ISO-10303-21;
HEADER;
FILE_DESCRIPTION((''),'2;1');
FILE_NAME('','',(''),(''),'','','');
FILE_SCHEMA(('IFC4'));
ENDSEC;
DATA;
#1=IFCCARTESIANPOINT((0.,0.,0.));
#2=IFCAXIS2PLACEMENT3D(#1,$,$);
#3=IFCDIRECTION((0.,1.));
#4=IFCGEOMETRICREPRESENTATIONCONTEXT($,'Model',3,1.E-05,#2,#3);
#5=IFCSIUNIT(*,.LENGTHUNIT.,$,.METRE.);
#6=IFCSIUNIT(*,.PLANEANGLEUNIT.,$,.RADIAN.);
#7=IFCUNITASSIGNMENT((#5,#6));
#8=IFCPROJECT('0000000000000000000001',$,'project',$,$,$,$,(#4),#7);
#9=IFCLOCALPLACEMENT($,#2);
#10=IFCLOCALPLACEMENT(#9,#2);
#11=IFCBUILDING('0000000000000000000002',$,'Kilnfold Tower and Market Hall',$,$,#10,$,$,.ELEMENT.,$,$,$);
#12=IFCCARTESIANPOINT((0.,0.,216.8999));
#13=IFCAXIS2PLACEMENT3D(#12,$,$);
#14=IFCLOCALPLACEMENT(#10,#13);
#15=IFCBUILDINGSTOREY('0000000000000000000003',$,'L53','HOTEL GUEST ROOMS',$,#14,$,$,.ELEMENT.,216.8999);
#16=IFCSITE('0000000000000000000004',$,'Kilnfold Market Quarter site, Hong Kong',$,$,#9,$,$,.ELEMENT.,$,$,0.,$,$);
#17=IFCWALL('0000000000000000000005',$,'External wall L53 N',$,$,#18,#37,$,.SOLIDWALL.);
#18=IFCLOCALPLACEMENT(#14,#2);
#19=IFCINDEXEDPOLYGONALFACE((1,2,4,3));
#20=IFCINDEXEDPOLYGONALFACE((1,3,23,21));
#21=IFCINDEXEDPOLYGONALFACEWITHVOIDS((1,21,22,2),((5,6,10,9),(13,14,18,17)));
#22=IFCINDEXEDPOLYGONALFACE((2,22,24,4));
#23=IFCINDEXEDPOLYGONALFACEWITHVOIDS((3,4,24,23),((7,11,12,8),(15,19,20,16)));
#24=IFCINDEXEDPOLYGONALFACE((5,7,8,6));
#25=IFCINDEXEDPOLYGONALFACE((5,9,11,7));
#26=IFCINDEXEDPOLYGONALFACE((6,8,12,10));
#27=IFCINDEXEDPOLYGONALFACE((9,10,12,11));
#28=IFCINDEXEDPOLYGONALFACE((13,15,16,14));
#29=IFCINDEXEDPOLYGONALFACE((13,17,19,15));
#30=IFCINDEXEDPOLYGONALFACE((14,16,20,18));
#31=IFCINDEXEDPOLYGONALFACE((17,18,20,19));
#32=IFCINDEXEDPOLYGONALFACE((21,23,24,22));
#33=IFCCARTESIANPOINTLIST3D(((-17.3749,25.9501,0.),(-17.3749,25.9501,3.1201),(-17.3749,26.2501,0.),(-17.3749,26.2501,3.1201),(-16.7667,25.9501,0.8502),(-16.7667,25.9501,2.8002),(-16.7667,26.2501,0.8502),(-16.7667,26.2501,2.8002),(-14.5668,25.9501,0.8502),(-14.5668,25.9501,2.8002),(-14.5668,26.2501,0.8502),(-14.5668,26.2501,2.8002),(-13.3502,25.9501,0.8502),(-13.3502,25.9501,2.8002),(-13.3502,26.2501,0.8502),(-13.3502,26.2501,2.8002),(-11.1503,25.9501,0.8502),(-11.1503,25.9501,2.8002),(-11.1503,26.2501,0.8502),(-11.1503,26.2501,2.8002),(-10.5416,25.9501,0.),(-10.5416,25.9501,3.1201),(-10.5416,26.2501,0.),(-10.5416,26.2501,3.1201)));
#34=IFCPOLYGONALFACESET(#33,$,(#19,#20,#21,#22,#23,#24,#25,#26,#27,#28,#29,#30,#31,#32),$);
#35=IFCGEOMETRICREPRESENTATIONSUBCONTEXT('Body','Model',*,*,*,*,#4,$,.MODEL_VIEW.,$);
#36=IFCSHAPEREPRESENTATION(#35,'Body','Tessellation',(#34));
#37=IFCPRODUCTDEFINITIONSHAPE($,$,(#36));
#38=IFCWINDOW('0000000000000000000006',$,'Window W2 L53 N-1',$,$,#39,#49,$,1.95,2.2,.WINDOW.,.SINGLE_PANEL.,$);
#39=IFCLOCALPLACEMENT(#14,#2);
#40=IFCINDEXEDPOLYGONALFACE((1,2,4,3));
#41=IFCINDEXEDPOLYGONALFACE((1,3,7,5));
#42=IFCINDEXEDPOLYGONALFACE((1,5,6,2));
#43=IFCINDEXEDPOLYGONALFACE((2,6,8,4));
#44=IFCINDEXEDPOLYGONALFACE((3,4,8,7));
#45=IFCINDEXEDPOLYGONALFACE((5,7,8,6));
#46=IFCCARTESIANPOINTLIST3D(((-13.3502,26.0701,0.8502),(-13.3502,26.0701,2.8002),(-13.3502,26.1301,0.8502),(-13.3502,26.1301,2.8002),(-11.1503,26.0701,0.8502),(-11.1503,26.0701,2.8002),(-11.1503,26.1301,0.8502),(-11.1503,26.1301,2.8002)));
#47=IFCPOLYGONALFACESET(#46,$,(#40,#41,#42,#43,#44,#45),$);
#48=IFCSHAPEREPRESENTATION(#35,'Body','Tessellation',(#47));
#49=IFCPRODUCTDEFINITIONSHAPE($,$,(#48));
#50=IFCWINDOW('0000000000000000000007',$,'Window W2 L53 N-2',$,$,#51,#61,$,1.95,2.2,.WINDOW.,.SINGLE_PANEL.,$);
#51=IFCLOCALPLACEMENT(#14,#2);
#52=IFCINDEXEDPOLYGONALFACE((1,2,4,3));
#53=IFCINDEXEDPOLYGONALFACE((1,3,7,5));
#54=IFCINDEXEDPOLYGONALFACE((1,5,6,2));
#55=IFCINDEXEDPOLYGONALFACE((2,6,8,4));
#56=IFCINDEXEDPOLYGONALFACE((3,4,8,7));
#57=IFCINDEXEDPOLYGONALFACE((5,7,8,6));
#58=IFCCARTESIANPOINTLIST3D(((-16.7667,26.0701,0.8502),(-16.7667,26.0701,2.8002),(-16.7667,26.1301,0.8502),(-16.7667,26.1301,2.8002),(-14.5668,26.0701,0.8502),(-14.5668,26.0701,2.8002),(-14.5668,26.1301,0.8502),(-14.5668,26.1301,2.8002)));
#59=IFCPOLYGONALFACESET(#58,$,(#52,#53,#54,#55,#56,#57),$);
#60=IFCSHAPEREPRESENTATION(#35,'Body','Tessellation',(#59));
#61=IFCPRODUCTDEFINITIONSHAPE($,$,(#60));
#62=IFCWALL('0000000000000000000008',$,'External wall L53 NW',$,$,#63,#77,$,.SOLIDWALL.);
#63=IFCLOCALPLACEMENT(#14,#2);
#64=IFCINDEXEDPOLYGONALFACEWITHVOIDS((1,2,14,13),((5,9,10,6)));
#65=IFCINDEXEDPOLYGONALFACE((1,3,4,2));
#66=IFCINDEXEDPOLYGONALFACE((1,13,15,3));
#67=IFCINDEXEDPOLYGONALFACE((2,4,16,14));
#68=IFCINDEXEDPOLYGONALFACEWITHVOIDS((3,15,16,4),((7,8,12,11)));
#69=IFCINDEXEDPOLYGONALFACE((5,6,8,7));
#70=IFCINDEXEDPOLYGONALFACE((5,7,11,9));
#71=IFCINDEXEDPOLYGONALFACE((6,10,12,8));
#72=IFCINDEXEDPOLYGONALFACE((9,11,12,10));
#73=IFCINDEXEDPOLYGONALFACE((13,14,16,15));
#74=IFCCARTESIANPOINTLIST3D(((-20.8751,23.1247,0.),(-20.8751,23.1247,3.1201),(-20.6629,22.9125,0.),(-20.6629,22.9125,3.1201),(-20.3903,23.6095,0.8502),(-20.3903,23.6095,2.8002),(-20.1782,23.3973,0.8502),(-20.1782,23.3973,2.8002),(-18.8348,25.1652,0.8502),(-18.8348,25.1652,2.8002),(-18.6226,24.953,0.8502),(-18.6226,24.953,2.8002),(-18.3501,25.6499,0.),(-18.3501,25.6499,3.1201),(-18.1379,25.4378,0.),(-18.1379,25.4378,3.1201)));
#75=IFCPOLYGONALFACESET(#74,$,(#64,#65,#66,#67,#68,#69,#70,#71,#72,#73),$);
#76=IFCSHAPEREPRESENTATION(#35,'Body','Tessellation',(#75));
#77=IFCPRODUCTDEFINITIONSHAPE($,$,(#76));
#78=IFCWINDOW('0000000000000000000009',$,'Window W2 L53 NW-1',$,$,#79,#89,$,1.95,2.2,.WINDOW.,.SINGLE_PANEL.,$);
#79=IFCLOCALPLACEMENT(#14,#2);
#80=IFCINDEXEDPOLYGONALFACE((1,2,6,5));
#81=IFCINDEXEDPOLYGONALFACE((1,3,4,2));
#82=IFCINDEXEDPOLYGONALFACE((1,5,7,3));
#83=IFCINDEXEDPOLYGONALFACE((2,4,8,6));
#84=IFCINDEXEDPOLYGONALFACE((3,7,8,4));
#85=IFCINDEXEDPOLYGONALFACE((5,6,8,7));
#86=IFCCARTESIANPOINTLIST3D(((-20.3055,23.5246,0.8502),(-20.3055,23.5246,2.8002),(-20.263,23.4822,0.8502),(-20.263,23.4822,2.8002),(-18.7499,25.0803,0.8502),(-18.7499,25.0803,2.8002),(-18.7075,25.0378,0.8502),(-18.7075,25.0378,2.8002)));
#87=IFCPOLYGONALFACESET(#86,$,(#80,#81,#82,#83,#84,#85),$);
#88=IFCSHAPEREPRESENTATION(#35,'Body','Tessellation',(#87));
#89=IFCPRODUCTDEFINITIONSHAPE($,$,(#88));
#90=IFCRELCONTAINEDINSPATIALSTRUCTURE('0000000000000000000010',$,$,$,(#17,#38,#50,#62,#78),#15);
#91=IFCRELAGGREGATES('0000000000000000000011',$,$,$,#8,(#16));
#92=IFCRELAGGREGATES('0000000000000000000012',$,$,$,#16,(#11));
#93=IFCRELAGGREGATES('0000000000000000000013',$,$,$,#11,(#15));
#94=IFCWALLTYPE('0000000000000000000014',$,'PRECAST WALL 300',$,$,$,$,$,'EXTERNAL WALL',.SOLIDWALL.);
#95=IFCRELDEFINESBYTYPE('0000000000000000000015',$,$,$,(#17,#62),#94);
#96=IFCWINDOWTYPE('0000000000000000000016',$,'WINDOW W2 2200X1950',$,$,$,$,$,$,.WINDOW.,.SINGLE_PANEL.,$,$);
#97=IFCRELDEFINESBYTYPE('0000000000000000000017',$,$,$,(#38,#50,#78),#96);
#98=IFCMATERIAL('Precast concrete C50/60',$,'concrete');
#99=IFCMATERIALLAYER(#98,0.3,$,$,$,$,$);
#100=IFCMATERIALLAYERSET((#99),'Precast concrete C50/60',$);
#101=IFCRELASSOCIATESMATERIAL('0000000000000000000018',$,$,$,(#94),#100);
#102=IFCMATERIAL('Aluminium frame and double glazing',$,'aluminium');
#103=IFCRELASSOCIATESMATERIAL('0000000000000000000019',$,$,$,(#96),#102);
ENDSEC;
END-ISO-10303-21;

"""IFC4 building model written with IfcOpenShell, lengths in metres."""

from ifc_helpers import new_model, si_unit, direction, frame, frame_2d, origin, place, context, subcontext, project, spatial, rectangle, extrude, source, transform, mapped, material, layer, layer_set, type_object, element, fill, save


model = new_model("IFC4")

# Units and contexts
model_context = context("Model", 3, precision=1e-05, world=origin(), true_north=direction((0.0, 1.0)))
body_context = subcontext(model_context, "Body", "Model", "MODEL_VIEW")
ifc_project = project(units=[si_unit("LENGTHUNIT", "METRE"), si_unit("PLANEANGLEUNIT", "RADIAN")], contexts=[model_context])

# Site, building, storey
site_placement = place(None, origin())
site = spatial("IfcSite", under=ifc_project, at=site_placement, Name="Kilnfold Market Quarter site, Hong Kong", CompositionType="ELEMENT", RefElevation=0.0)
building_placement = place(site_placement, origin())
building = spatial("IfcBuilding", under=site, at=building_placement, Name="Kilnfold Tower and Market Hall", CompositionType="ELEMENT")
storey_placement = place(building_placement, frame((0.0, 0.0, 216.8999)))
storey = spatial("IfcBuildingStorey", under=building, at=storey_placement, Name="L53", Description="HOTEL GUEST ROOMS", CompositionType="ELEMENT", Elevation=216.8999)

# Wall, openings, windows
ifc_material_1 = material(Name="Precast concrete C50/60", Category="concrete")
ifc_layer_1 = layer(ifc_material_1, 0.3)
ifc_layer_set_1 = layer_set([ifc_layer_1], Name="Precast concrete C50/60")
wall_type_1 = type_object("IfcWallType", Name="PRECAST WALL 300", ElementType="EXTERNAL WALL", PredefinedType="SOLIDWALL", material=ifc_layer_set_1)
shared_shape_1 = source(origin(), body_context, "Body", "SweptSolid", [
    extrude(rectangle(XDim=6.8333, YDim=0.3, at=frame_2d((3.4165, 0.0))), origin(), (0.0, 0.0, 1.0), 3.1201),
])
wall_1_placement = place(storey_placement, frame((-10.5417, 26.1001, 0.0), z_axis=(0.0, 0.0, 1.0), x_axis=(-1.0, 0.0, 0.0)))
wall_1 = element("IfcWall", 1, at=wall_1_placement, inside=storey, type_object=wall_type_1, Name="External wall L53 N", PredefinedType="SOLIDWALL", context=body_context, shape_type="MappedRepresentation", body=[
    mapped(shared_shape_1, transform((0.0, 0.0, 0.0))),
])
opening_1_placement = place(wall_1_placement, frame((0.6084, 0.0, 0.8501)))
opening_1 = element("IfcOpeningElement", 2, at=opening_1_placement, cuts=wall_1, PredefinedType="OPENING", context=body_context, shape_type="SweptSolid", body=[
    extrude(rectangle(XDim=2.2, YDim=1.95, at=frame_2d((1.1001, 0.9751))), frame((0.0, 0.1602, 0.0), z_axis=(0.0, -1.0, 0.0), x_axis=(1.0, 0.0, 0.0)), (0.0, 0.0, 1.0), 0.3201),
])
opening_2_placement = place(wall_1_placement, frame((4.0249, 0.0, 0.8501)))
opening_2 = element("IfcOpeningElement", 3, at=opening_2_placement, cuts=wall_1, PredefinedType="OPENING", context=body_context, shape_type="SweptSolid", body=[
    extrude(rectangle(XDim=2.2, YDim=1.95, at=frame_2d((1.1001, 0.9751))), frame((0.0, 0.1602, 0.0), z_axis=(0.0, -1.0, 0.0), x_axis=(1.0, 0.0, 0.0)), (0.0, 0.0, 1.0), 0.3201),
])
ifc_material_2 = material(Name="Aluminium frame and double glazing", Category="aluminium")
window_type = type_object("IfcWindowType", Name="WINDOW W2 2200X1950", PartitioningType="SINGLE_PANEL", PredefinedType="WINDOW", material=ifc_material_2)
window_1_placement = place(opening_1_placement, origin())
window_1 = element("IfcWindow", 4, at=window_1_placement, inside=storey, type_object=window_type, Name="Window W2 L53 N-1", OverallHeight=1.95, OverallWidth=2.2, PartitioningType="SINGLE_PANEL", PredefinedType="WINDOW", context=body_context, shape_type="SweptSolid", body=[
    extrude(rectangle(XDim=2.2, YDim=1.95, at=frame_2d((1.1001, 0.9751))), frame((0.0, 0.03, 0.0), z_axis=(0.0, -1.0, 0.0), x_axis=(1.0, 0.0, 0.0)), (0.0, 0.0, 1.0), 0.0601),
])
fill(opening_1, window_1)
window_2_placement = place(opening_2_placement, origin())
window_2 = element("IfcWindow", 5, at=window_2_placement, inside=storey, type_object=window_type, Name="Window W2 L53 N-2", OverallHeight=1.95, OverallWidth=2.2, PartitioningType="SINGLE_PANEL", PredefinedType="WINDOW", context=body_context, shape_type="SweptSolid", body=[
    extrude(rectangle(XDim=2.2, YDim=1.95, at=frame_2d((1.1001, 0.9751))), frame((0.0, 0.03, 0.0), z_axis=(0.0, -1.0, 0.0), x_axis=(1.0, 0.0, 0.0)), (0.0, 0.0, 1.0), 0.0601),
])
fill(opening_2, window_2)

# Wall, opening, window
shared_shape_2 = source(origin(), body_context, "Body", "SweptSolid", [
    extrude(rectangle(XDim=3.571, YDim=0.3, at=frame_2d((1.7856, 0.0))), origin(), (0.0, 0.0, 1.0), 3.1201),
])
wall_2_placement = place(storey_placement, frame((-18.2439, 25.5439, 0.0), z_axis=(0.0, 0.0, 1.0), x_axis=(-0.707073, -0.707141, 0.0)))
wall_2 = element("IfcWall", 6, at=wall_2_placement, inside=storey, type_object=wall_type_1, Name="External wall L53 NW", PredefinedType="SOLIDWALL", context=body_context, shape_type="MappedRepresentation", body=[
    mapped(shared_shape_2, transform((0.0, 0.0, 0.0))),
])
opening_3_placement = place(wall_2_placement, frame((0.6855, 0.0, 0.8501)))
opening_3 = element("IfcOpeningElement", 7, at=opening_3_placement, cuts=wall_2, PredefinedType="OPENING", context=body_context, shape_type="SweptSolid", body=[
    extrude(rectangle(XDim=2.2, YDim=1.95, at=frame_2d((1.1001, 0.9751))), frame((0.0, 0.1602, 0.0), z_axis=(0.0, -1.0, 0.0), x_axis=(1.0, 0.0, 0.0)), (0.0, 0.0, 1.0), 0.3201),
])
window_3_placement = place(opening_3_placement, origin())
window_3 = element("IfcWindow", 8, at=window_3_placement, inside=storey, type_object=window_type, Name="Window W2 L53 NW-1", OverallHeight=1.95, OverallWidth=2.2, PartitioningType="SINGLE_PANEL", PredefinedType="WINDOW", context=body_context, shape_type="SweptSolid", body=[
    extrude(rectangle(XDim=2.2, YDim=1.95, at=frame_2d((1.1001, 0.9751))), frame((0.0, 0.03, 0.0), z_axis=(0.0, -1.0, 0.0), x_axis=(1.0, 0.0, 0.0)), (0.0, 0.0, 1.0), 0.0601),
])
fill(opening_3, window_3)

save(model, "model.ifc")
